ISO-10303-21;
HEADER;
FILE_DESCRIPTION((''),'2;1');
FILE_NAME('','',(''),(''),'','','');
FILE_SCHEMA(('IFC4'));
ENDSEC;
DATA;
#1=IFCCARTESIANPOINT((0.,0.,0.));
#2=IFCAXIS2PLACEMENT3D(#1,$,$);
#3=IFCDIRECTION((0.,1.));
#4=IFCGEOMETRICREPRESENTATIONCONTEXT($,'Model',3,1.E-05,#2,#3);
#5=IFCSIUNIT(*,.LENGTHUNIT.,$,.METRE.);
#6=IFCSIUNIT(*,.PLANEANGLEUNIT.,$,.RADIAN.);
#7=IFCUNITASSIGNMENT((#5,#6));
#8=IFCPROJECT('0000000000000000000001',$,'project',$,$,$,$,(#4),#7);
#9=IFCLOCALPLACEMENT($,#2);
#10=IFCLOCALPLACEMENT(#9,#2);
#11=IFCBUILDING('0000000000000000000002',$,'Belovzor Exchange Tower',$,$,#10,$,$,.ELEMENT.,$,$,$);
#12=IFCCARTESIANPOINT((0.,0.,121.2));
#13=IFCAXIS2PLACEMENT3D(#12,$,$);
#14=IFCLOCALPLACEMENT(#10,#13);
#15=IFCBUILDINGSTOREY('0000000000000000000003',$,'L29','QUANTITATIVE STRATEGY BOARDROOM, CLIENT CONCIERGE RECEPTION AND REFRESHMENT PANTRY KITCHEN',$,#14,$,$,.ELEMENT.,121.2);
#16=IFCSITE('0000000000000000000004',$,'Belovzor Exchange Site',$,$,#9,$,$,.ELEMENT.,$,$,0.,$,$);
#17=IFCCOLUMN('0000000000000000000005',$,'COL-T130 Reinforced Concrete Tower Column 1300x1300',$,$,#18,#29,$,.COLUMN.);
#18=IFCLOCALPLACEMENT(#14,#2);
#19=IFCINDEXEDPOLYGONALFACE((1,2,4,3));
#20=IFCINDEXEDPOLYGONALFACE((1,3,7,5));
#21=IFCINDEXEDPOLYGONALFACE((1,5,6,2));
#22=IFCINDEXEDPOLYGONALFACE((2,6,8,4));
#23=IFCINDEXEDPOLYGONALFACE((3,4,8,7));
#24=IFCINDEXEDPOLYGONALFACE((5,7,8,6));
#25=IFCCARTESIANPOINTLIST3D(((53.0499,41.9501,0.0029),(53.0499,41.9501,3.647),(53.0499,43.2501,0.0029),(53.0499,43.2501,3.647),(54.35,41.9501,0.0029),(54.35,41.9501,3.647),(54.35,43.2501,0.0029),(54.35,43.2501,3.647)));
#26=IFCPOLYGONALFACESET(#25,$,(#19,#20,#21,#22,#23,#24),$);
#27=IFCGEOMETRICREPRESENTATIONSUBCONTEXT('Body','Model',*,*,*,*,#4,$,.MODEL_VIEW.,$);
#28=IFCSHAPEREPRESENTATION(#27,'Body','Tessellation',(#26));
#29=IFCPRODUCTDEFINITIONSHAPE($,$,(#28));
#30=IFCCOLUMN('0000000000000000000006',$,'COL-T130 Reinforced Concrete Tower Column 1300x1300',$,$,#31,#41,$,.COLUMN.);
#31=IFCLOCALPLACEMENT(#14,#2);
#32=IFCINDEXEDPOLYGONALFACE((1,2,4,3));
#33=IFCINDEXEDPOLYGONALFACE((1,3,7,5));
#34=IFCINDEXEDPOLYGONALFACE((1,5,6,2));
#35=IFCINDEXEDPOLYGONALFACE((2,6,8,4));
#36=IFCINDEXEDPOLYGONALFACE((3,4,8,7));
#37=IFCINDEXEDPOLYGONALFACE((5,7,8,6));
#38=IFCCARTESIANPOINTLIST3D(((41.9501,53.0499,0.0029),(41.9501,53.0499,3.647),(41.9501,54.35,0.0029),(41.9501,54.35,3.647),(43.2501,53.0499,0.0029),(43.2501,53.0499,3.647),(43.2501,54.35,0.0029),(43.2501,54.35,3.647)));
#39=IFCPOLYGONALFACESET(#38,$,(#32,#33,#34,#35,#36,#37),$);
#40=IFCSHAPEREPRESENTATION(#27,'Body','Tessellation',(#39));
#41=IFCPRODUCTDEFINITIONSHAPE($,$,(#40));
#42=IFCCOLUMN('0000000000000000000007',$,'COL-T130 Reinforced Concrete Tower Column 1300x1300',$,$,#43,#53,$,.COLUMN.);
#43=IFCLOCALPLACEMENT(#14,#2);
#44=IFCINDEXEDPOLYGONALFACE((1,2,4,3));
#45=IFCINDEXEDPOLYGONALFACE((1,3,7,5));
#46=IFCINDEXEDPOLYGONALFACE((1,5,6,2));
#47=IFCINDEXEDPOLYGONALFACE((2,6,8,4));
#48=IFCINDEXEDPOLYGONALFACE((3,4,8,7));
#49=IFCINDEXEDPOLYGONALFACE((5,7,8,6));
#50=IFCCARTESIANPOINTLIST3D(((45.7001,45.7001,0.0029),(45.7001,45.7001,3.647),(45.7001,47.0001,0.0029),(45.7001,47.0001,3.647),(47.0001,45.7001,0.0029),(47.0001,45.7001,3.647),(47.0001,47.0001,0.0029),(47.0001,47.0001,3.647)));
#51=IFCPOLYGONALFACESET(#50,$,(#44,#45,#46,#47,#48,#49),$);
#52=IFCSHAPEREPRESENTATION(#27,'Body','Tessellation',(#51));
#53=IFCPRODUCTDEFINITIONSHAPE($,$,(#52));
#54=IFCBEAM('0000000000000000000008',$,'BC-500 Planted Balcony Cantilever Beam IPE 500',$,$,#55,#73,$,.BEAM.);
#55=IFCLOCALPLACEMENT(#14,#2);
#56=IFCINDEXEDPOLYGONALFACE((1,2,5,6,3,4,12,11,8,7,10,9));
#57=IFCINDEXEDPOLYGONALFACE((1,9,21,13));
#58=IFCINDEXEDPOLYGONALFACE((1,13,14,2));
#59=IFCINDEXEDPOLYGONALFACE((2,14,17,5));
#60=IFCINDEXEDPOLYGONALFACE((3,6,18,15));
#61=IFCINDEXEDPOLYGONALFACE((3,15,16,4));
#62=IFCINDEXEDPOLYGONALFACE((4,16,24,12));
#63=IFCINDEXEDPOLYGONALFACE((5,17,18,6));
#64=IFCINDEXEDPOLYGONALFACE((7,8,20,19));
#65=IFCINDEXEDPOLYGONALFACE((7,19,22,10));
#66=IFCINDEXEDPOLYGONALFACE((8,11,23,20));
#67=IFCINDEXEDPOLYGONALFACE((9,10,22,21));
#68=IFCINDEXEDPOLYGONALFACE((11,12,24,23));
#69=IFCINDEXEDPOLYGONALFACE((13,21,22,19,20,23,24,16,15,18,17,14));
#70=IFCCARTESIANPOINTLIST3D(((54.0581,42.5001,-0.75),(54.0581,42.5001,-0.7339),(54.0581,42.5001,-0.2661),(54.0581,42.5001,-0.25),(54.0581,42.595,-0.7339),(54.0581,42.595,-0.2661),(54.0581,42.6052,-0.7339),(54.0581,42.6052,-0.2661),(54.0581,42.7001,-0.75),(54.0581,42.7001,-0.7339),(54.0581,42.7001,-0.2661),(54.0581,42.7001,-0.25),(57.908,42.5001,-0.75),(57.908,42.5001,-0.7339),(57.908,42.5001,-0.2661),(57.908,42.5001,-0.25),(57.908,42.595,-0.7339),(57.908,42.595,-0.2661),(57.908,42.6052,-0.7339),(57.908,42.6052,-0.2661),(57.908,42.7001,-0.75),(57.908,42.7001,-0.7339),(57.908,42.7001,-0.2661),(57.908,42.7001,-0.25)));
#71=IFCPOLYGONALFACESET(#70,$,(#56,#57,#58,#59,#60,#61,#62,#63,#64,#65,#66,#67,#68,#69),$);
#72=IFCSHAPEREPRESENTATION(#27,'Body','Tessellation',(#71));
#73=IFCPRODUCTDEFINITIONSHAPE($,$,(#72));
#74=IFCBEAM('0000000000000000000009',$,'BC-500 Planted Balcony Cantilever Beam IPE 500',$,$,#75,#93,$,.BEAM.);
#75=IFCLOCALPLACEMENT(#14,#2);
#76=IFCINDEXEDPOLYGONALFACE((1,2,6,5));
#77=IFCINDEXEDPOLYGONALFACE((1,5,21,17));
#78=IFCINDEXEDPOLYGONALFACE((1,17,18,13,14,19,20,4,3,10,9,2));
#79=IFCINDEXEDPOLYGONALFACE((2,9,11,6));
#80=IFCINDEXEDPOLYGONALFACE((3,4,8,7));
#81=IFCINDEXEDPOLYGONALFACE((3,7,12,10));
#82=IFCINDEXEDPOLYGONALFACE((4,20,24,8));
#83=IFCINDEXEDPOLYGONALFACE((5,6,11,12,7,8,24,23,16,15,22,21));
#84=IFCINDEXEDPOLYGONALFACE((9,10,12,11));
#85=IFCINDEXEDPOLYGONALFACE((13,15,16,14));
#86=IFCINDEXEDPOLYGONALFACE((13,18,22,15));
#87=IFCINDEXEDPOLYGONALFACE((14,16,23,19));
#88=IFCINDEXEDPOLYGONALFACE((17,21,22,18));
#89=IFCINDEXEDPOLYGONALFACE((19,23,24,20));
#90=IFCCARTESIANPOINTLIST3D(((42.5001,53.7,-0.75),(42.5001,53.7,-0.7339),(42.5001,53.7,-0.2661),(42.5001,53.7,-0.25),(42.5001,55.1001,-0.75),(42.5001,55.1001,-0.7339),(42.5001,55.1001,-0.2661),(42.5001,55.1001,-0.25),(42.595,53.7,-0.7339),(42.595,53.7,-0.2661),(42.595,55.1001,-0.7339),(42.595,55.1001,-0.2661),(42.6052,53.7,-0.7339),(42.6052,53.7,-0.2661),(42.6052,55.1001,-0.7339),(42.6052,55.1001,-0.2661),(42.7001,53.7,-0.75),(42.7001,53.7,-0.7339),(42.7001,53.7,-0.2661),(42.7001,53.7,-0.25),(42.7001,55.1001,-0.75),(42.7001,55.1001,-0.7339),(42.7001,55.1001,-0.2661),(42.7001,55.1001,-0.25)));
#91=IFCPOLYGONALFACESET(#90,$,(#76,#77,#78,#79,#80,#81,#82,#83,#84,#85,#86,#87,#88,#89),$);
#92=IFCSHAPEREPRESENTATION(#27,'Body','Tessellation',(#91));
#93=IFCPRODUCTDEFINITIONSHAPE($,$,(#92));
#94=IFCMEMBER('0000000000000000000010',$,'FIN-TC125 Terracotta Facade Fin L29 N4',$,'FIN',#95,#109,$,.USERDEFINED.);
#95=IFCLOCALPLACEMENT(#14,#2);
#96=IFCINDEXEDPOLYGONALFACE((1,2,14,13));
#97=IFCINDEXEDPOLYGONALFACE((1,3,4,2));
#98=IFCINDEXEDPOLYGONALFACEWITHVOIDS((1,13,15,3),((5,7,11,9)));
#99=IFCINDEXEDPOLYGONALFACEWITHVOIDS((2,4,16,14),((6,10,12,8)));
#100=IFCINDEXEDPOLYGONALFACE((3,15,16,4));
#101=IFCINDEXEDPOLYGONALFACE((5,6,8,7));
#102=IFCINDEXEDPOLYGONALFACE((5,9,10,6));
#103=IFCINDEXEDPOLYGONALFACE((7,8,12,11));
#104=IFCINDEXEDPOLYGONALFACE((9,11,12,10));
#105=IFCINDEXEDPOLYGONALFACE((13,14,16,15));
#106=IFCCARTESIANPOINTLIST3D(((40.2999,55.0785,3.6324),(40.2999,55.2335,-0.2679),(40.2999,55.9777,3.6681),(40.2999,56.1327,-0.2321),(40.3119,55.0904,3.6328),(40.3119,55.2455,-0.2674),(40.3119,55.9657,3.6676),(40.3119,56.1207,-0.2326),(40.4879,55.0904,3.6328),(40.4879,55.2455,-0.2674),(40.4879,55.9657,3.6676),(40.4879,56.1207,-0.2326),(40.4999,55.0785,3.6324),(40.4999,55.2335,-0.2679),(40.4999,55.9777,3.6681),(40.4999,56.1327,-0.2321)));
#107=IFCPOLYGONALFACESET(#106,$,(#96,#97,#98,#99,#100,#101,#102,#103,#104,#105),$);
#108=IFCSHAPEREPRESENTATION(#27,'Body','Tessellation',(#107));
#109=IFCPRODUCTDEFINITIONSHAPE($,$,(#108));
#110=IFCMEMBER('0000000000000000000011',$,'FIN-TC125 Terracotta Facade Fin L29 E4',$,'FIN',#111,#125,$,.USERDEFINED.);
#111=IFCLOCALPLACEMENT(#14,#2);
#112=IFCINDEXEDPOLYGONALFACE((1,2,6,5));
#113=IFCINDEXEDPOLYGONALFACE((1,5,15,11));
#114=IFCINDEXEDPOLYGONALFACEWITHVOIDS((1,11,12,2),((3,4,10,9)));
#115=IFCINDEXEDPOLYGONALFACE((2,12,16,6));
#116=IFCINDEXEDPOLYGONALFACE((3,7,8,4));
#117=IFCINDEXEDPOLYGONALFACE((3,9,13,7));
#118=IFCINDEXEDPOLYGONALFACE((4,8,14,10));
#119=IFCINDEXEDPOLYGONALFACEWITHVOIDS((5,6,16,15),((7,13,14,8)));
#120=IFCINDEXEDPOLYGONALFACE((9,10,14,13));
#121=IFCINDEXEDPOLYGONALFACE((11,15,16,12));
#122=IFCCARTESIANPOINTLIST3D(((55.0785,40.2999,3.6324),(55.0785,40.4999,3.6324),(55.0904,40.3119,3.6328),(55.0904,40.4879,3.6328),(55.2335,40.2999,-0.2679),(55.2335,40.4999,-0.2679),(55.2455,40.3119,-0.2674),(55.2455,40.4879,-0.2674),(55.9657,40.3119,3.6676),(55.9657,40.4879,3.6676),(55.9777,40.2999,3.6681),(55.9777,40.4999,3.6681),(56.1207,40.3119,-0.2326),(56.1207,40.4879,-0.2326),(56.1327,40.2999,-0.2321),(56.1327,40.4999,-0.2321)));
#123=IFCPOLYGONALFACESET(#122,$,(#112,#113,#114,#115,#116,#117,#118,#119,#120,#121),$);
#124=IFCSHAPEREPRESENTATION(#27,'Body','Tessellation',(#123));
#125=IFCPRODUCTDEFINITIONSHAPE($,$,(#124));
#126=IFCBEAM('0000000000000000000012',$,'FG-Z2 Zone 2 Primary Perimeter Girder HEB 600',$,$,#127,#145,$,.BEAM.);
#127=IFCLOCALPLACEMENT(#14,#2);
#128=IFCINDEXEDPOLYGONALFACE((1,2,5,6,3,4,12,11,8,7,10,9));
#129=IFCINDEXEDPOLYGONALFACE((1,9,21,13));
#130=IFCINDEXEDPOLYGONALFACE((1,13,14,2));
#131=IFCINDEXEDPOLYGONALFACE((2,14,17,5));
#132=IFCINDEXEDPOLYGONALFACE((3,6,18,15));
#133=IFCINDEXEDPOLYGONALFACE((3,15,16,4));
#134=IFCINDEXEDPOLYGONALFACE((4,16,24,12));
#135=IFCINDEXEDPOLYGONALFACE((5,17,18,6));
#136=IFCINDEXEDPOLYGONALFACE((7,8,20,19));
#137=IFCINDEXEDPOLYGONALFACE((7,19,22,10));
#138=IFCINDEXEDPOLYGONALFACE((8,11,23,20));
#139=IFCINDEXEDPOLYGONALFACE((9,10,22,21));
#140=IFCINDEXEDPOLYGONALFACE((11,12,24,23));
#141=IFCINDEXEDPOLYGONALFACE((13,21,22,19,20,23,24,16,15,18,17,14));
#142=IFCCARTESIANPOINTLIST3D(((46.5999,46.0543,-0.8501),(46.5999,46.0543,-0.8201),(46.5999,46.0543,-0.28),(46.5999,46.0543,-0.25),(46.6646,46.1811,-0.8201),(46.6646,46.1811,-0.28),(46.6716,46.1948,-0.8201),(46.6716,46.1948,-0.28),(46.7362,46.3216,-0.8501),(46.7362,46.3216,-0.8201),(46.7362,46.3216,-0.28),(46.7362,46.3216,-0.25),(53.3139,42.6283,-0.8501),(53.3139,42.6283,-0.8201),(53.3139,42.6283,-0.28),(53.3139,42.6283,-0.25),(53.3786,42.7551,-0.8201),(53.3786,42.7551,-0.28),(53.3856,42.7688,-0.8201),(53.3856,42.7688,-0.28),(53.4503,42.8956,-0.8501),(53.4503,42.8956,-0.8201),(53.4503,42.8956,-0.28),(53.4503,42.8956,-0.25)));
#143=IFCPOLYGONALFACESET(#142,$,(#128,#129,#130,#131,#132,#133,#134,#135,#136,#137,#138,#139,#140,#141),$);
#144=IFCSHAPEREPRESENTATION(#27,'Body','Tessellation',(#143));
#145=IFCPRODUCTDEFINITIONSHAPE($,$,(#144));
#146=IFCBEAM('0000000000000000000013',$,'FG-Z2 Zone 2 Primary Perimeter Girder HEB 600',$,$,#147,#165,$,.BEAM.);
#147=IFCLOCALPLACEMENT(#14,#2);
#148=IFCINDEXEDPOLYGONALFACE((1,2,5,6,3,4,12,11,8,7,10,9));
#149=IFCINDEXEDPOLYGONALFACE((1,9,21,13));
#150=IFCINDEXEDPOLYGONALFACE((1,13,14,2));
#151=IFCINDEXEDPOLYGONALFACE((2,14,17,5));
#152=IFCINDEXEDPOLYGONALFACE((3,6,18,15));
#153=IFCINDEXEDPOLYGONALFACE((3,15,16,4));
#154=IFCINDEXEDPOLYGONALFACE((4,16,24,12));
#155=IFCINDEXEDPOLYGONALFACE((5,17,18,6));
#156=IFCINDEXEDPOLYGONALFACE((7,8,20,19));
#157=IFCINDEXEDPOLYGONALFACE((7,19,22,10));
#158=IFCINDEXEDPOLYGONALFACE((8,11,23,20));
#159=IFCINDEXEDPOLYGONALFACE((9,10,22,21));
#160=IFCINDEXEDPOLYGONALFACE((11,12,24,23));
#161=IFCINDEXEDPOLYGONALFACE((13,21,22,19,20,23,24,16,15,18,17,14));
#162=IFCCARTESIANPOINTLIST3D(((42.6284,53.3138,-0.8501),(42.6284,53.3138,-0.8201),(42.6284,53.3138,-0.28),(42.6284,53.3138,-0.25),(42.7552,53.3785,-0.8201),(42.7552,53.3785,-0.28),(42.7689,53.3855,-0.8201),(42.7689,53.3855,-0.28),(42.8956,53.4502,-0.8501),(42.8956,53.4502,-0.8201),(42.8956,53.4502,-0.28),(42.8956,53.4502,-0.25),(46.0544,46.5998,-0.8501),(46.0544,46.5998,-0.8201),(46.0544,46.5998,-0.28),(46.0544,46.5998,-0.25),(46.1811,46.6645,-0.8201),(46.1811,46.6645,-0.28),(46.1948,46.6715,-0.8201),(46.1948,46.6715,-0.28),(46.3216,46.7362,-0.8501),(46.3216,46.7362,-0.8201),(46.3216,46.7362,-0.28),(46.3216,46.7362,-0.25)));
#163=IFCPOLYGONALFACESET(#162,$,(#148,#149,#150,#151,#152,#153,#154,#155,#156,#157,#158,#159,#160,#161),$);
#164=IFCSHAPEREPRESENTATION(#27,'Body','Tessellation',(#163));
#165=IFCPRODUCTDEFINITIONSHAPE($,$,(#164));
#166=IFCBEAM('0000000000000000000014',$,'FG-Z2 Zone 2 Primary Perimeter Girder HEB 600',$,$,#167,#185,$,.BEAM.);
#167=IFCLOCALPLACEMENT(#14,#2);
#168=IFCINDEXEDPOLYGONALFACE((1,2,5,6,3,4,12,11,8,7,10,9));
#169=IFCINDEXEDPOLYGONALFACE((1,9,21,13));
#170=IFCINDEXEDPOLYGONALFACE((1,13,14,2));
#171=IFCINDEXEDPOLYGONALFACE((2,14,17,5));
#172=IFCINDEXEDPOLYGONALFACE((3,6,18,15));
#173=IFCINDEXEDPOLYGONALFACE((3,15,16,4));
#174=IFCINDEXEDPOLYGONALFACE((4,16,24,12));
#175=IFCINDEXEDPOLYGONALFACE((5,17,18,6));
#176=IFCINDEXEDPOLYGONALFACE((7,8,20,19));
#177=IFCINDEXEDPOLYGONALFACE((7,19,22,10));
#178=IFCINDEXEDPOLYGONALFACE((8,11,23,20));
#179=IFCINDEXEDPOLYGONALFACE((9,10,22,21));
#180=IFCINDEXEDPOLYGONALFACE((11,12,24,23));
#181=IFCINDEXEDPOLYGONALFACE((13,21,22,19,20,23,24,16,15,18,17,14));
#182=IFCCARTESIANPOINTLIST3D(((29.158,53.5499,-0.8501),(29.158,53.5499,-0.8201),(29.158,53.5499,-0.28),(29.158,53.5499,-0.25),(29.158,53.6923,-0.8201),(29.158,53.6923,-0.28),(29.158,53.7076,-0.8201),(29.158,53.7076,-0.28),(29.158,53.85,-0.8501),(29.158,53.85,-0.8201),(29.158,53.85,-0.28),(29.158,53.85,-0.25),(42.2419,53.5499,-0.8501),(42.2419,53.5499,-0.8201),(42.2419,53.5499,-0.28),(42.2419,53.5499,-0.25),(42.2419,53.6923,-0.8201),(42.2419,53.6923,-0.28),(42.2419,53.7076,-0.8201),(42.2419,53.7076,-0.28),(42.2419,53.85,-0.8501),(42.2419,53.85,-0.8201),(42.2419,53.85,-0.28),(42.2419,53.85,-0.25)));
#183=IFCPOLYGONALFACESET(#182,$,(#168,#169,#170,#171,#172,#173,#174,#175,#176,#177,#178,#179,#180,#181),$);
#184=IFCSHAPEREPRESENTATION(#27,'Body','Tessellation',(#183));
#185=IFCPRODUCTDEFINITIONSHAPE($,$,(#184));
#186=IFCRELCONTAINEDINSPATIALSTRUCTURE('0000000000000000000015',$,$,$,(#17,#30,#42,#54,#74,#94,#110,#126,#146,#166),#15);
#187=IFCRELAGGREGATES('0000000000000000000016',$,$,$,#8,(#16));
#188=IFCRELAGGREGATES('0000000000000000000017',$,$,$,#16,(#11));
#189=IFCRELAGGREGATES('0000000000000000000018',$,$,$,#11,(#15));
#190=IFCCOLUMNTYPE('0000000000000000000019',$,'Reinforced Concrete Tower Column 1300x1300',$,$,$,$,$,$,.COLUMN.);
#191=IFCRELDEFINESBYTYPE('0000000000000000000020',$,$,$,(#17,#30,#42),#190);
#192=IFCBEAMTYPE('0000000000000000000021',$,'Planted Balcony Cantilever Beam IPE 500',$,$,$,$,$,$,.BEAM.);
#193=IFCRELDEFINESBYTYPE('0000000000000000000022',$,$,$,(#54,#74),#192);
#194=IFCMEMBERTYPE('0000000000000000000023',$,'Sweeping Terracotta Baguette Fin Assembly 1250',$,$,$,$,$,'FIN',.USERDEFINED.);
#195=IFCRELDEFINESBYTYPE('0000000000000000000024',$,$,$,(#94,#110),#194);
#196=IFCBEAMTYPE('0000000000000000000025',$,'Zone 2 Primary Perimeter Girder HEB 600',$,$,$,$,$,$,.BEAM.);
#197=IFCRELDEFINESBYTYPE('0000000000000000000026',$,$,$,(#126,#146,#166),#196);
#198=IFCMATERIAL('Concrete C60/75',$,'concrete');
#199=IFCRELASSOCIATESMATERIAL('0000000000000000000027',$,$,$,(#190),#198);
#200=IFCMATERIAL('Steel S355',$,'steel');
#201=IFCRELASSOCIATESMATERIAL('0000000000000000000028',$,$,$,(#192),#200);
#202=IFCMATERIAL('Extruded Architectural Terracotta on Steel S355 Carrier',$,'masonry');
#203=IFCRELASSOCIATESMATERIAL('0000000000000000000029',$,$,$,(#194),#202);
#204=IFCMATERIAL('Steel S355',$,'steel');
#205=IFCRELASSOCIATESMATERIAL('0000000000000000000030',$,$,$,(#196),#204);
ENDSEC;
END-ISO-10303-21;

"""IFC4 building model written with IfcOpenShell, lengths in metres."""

from ifc_helpers import new_model, si_unit, direction, frame, origin, origin_2d, place, context, subcontext, project, spatial, rectangle, hollow_rectangle, i_section, extrude, material, material_profile, profile_set, type_object, element, save


model = new_model("IFC4")

# Units and contexts
model_context = context("Model", 3, precision=1e-05, world=origin(), true_north=direction((0.0, 1.0)))
body_context = subcontext(model_context, "Body", "Model", "MODEL_VIEW")
ifc_project = project(units=[si_unit("LENGTHUNIT", "METRE"), si_unit("PLANEANGLEUNIT", "RADIAN")], contexts=[model_context])

# Site, building, storey
site_placement = place(None, origin())
site = spatial("IfcSite", under=ifc_project, at=site_placement, Name="Belovzor Exchange Site", CompositionType="ELEMENT", RefElevation=0.0)
building_placement = place(site_placement, origin())
building = spatial("IfcBuilding", under=site, at=building_placement, Name="Belovzor Exchange Tower", CompositionType="ELEMENT")
storey_placement = place(building_placement, frame((0.0, 0.0, 121.2)))
storey = spatial("IfcBuildingStorey", under=building, at=storey_placement, Name="L29", Description="QUANTITATIVE STRATEGY BOARDROOM, CLIENT CONCIERGE RECEPTION AND REFRESHMENT PANTRY KITCHEN", CompositionType="ELEMENT", Elevation=121.2)

# Columns
ifc_material_1 = material(Name="Concrete C60/75", Category="concrete")
ifc_material_profile_1 = material_profile(ifc_material_1, rectangle(XDim=1.3, YDim=1.3, at=origin_2d()))
ifc_profile_set_1 = profile_set([ifc_material_profile_1], Name="Concrete C60/75")
column_type = type_object("IfcColumnType", Name="Reinforced Concrete Tower Column 1300x1300", PredefinedType="COLUMN", material=ifc_profile_set_1)
for number, where, z_axis, x_axis, name in (
    (1, (53.7, 42.6001, 0.0029), (0.0, 0.0, 1.0), (1.0, 0.0, 0.0), "COL-T130 Reinforced Concrete Tower Column 1300x1300"),
    (2, (42.6001, 53.7, 0.0029), (0.0, 0.0, 1.0), (1.0, 0.0, 0.0), "COL-T130 Reinforced Concrete Tower Column 1300x1300"),
    (3, (46.3501, 46.3501, 0.0029), (0.0, 0.0, 1.0), (1.0, 0.0, 0.0), "COL-T130 Reinforced Concrete Tower Column 1300x1300"),
):
    element("IfcColumn", number, at=place(storey_placement, frame(where, z_axis=z_axis, x_axis=x_axis)), inside=storey, type_object=column_type, Name=name, PredefinedType="COLUMN", context=body_context, shape_type="SweptSolid", body=[
        extrude(rectangle(XDim=1.3, YDim=1.3, at=origin_2d()), origin(), (0.0, 0.0, 1.0), 3.644),
    ])

# Beams
ifc_material_2 = material(Name="Steel S355", Category="steel")
ifc_material_profile_2 = material_profile(ifc_material_2, i_section(OverallWidth=0.2, OverallDepth=0.5, WebThickness=0.0103, FlangeThickness=0.0161, at=origin_2d()))
ifc_profile_set_2 = profile_set([ifc_material_profile_2], Name="Steel S355")
beam_type_1 = type_object("IfcBeamType", Name="Planted Balcony Cantilever Beam IPE 500", PredefinedType="BEAM", material=ifc_profile_set_2)
beam_1_placement = place(storey_placement, frame((54.0581, 42.6001, -0.5), z_axis=(1.0, 0.0, 0.0), x_axis=(0.0, 1.0, 0.0)))
element("IfcBeam", 4, at=beam_1_placement, inside=storey, type_object=beam_type_1, Name="BC-500 Planted Balcony Cantilever Beam IPE 500", PredefinedType="BEAM", context=body_context, shape_type="SweptSolid", body=[
    extrude(i_section(OverallWidth=0.2, OverallDepth=0.5, WebThickness=0.0103, FlangeThickness=0.0161, at=origin_2d()), origin(), (0.0, 0.0, 1.0), 3.8499),
])
beam_2_placement = place(storey_placement, frame((42.6001, 53.7, -0.5), z_axis=(0.0, 1.0, 0.0), x_axis=(-1.0, 0.0, 0.0)))
element("IfcBeam", 5, at=beam_2_placement, inside=storey, type_object=beam_type_1, Name="BC-500 Planted Balcony Cantilever Beam IPE 500", PredefinedType="BEAM", context=body_context, shape_type="SweptSolid", body=[
    extrude(i_section(OverallWidth=0.2, OverallDepth=0.5, WebThickness=0.0103, FlangeThickness=0.0161, at=origin_2d()), origin(), (0.0, 0.0, 1.0), 1.4001),
])

# Members
ifc_material_3 = material(Name="Extruded Architectural Terracotta on Steel S355 Carrier", Category="masonry")
ifc_material_profile_3 = material_profile(ifc_material_3, hollow_rectangle(XDim=0.2, YDim=0.8999, WallThickness=0.012, at=origin_2d()))
ifc_profile_set_3 = profile_set([ifc_material_profile_3], Name="Extruded Architectural Terracotta on Steel S355 Carrier")
member_type = type_object("IfcMemberType", Name="Sweeping Terracotta Baguette Fin Assembly 1250", ElementType="FIN", PredefinedType="USERDEFINED", material=ifc_profile_set_3)
for number, where, z_axis, x_axis, name in (
    (6, (40.3999, 55.6831, -0.25), (0.0, -0.039718, 0.999211), (1.0, 0.0, 0.0), "FIN-TC125 Terracotta Facade Fin L29 N4"),
    (7, (55.6831, 40.3999, -0.25), (-0.039718, 0.0, 0.999211), (0.0, -1.0, 0.0), "FIN-TC125 Terracotta Facade Fin L29 E4"),
):
    element("IfcMember", number, at=place(storey_placement, frame(where, z_axis=z_axis, x_axis=x_axis)), inside=storey, type_object=member_type, Name=name, ObjectType="FIN", PredefinedType="USERDEFINED", context=body_context, shape_type="SweptSolid", body=[
        extrude(hollow_rectangle(XDim=0.2, YDim=0.8999, WallThickness=0.012, at=origin_2d()), origin(), (0.0, 0.0, 1.0), 3.9033),
    ])

# Beams
ifc_material_4 = material(Name="Steel S355", Category="steel")
ifc_material_profile_4 = material_profile(ifc_material_4, i_section(OverallWidth=0.3, OverallDepth=0.6001, WebThickness=0.0154, FlangeThickness=0.03, at=origin_2d()))
ifc_profile_set_4 = profile_set([ifc_material_profile_4], Name="Steel S355")
beam_type_2 = type_object("IfcBeamType", Name="Zone 2 Primary Perimeter Girder HEB 600", PredefinedType="BEAM", material=ifc_profile_set_4)
for number, where, z_axis, x_axis, name in (
    (8, (53.3821, 42.762, -0.55), (-0.890737, 0.454519, 0.0), (-0.454519, -0.890737, 0.0), "FG-Z2 Zone 2 Primary Perimeter Girder HEB 600"),
    (9, (46.188, 46.668, -0.55), (-0.454519, 0.890737, 0.0), (-0.890737, -0.454519, 0.0), "FG-Z2 Zone 2 Primary Perimeter Girder HEB 600"),
):
    element("IfcBeam", number, at=place(storey_placement, frame(where, z_axis=z_axis, x_axis=x_axis)), inside=storey, type_object=beam_type_2, Name=name, PredefinedType="BEAM", context=body_context, shape_type="SweptSolid", body=[
        extrude(i_section(OverallWidth=0.3, OverallDepth=0.6001, WebThickness=0.0154, FlangeThickness=0.03, at=origin_2d()), origin(), (0.0, 0.0, 1.0), 7.5376),
    ])
beam_3_placement = place(storey_placement, frame((42.2419, 53.7, -0.55), z_axis=(-1.0, 0.0, 0.0), x_axis=(0.0, -1.0, 0.0)))
element("IfcBeam", 10, at=beam_3_placement, inside=storey, type_object=beam_type_2, Name="FG-Z2 Zone 2 Primary Perimeter Girder HEB 600", PredefinedType="BEAM", context=body_context, shape_type="SweptSolid", body=[
    extrude(i_section(OverallWidth=0.3, OverallDepth=0.6001, WebThickness=0.0154, FlangeThickness=0.03, at=origin_2d()), origin(), (0.0, 0.0, 1.0), 13.084),
])

save(model, "model.ifc")
